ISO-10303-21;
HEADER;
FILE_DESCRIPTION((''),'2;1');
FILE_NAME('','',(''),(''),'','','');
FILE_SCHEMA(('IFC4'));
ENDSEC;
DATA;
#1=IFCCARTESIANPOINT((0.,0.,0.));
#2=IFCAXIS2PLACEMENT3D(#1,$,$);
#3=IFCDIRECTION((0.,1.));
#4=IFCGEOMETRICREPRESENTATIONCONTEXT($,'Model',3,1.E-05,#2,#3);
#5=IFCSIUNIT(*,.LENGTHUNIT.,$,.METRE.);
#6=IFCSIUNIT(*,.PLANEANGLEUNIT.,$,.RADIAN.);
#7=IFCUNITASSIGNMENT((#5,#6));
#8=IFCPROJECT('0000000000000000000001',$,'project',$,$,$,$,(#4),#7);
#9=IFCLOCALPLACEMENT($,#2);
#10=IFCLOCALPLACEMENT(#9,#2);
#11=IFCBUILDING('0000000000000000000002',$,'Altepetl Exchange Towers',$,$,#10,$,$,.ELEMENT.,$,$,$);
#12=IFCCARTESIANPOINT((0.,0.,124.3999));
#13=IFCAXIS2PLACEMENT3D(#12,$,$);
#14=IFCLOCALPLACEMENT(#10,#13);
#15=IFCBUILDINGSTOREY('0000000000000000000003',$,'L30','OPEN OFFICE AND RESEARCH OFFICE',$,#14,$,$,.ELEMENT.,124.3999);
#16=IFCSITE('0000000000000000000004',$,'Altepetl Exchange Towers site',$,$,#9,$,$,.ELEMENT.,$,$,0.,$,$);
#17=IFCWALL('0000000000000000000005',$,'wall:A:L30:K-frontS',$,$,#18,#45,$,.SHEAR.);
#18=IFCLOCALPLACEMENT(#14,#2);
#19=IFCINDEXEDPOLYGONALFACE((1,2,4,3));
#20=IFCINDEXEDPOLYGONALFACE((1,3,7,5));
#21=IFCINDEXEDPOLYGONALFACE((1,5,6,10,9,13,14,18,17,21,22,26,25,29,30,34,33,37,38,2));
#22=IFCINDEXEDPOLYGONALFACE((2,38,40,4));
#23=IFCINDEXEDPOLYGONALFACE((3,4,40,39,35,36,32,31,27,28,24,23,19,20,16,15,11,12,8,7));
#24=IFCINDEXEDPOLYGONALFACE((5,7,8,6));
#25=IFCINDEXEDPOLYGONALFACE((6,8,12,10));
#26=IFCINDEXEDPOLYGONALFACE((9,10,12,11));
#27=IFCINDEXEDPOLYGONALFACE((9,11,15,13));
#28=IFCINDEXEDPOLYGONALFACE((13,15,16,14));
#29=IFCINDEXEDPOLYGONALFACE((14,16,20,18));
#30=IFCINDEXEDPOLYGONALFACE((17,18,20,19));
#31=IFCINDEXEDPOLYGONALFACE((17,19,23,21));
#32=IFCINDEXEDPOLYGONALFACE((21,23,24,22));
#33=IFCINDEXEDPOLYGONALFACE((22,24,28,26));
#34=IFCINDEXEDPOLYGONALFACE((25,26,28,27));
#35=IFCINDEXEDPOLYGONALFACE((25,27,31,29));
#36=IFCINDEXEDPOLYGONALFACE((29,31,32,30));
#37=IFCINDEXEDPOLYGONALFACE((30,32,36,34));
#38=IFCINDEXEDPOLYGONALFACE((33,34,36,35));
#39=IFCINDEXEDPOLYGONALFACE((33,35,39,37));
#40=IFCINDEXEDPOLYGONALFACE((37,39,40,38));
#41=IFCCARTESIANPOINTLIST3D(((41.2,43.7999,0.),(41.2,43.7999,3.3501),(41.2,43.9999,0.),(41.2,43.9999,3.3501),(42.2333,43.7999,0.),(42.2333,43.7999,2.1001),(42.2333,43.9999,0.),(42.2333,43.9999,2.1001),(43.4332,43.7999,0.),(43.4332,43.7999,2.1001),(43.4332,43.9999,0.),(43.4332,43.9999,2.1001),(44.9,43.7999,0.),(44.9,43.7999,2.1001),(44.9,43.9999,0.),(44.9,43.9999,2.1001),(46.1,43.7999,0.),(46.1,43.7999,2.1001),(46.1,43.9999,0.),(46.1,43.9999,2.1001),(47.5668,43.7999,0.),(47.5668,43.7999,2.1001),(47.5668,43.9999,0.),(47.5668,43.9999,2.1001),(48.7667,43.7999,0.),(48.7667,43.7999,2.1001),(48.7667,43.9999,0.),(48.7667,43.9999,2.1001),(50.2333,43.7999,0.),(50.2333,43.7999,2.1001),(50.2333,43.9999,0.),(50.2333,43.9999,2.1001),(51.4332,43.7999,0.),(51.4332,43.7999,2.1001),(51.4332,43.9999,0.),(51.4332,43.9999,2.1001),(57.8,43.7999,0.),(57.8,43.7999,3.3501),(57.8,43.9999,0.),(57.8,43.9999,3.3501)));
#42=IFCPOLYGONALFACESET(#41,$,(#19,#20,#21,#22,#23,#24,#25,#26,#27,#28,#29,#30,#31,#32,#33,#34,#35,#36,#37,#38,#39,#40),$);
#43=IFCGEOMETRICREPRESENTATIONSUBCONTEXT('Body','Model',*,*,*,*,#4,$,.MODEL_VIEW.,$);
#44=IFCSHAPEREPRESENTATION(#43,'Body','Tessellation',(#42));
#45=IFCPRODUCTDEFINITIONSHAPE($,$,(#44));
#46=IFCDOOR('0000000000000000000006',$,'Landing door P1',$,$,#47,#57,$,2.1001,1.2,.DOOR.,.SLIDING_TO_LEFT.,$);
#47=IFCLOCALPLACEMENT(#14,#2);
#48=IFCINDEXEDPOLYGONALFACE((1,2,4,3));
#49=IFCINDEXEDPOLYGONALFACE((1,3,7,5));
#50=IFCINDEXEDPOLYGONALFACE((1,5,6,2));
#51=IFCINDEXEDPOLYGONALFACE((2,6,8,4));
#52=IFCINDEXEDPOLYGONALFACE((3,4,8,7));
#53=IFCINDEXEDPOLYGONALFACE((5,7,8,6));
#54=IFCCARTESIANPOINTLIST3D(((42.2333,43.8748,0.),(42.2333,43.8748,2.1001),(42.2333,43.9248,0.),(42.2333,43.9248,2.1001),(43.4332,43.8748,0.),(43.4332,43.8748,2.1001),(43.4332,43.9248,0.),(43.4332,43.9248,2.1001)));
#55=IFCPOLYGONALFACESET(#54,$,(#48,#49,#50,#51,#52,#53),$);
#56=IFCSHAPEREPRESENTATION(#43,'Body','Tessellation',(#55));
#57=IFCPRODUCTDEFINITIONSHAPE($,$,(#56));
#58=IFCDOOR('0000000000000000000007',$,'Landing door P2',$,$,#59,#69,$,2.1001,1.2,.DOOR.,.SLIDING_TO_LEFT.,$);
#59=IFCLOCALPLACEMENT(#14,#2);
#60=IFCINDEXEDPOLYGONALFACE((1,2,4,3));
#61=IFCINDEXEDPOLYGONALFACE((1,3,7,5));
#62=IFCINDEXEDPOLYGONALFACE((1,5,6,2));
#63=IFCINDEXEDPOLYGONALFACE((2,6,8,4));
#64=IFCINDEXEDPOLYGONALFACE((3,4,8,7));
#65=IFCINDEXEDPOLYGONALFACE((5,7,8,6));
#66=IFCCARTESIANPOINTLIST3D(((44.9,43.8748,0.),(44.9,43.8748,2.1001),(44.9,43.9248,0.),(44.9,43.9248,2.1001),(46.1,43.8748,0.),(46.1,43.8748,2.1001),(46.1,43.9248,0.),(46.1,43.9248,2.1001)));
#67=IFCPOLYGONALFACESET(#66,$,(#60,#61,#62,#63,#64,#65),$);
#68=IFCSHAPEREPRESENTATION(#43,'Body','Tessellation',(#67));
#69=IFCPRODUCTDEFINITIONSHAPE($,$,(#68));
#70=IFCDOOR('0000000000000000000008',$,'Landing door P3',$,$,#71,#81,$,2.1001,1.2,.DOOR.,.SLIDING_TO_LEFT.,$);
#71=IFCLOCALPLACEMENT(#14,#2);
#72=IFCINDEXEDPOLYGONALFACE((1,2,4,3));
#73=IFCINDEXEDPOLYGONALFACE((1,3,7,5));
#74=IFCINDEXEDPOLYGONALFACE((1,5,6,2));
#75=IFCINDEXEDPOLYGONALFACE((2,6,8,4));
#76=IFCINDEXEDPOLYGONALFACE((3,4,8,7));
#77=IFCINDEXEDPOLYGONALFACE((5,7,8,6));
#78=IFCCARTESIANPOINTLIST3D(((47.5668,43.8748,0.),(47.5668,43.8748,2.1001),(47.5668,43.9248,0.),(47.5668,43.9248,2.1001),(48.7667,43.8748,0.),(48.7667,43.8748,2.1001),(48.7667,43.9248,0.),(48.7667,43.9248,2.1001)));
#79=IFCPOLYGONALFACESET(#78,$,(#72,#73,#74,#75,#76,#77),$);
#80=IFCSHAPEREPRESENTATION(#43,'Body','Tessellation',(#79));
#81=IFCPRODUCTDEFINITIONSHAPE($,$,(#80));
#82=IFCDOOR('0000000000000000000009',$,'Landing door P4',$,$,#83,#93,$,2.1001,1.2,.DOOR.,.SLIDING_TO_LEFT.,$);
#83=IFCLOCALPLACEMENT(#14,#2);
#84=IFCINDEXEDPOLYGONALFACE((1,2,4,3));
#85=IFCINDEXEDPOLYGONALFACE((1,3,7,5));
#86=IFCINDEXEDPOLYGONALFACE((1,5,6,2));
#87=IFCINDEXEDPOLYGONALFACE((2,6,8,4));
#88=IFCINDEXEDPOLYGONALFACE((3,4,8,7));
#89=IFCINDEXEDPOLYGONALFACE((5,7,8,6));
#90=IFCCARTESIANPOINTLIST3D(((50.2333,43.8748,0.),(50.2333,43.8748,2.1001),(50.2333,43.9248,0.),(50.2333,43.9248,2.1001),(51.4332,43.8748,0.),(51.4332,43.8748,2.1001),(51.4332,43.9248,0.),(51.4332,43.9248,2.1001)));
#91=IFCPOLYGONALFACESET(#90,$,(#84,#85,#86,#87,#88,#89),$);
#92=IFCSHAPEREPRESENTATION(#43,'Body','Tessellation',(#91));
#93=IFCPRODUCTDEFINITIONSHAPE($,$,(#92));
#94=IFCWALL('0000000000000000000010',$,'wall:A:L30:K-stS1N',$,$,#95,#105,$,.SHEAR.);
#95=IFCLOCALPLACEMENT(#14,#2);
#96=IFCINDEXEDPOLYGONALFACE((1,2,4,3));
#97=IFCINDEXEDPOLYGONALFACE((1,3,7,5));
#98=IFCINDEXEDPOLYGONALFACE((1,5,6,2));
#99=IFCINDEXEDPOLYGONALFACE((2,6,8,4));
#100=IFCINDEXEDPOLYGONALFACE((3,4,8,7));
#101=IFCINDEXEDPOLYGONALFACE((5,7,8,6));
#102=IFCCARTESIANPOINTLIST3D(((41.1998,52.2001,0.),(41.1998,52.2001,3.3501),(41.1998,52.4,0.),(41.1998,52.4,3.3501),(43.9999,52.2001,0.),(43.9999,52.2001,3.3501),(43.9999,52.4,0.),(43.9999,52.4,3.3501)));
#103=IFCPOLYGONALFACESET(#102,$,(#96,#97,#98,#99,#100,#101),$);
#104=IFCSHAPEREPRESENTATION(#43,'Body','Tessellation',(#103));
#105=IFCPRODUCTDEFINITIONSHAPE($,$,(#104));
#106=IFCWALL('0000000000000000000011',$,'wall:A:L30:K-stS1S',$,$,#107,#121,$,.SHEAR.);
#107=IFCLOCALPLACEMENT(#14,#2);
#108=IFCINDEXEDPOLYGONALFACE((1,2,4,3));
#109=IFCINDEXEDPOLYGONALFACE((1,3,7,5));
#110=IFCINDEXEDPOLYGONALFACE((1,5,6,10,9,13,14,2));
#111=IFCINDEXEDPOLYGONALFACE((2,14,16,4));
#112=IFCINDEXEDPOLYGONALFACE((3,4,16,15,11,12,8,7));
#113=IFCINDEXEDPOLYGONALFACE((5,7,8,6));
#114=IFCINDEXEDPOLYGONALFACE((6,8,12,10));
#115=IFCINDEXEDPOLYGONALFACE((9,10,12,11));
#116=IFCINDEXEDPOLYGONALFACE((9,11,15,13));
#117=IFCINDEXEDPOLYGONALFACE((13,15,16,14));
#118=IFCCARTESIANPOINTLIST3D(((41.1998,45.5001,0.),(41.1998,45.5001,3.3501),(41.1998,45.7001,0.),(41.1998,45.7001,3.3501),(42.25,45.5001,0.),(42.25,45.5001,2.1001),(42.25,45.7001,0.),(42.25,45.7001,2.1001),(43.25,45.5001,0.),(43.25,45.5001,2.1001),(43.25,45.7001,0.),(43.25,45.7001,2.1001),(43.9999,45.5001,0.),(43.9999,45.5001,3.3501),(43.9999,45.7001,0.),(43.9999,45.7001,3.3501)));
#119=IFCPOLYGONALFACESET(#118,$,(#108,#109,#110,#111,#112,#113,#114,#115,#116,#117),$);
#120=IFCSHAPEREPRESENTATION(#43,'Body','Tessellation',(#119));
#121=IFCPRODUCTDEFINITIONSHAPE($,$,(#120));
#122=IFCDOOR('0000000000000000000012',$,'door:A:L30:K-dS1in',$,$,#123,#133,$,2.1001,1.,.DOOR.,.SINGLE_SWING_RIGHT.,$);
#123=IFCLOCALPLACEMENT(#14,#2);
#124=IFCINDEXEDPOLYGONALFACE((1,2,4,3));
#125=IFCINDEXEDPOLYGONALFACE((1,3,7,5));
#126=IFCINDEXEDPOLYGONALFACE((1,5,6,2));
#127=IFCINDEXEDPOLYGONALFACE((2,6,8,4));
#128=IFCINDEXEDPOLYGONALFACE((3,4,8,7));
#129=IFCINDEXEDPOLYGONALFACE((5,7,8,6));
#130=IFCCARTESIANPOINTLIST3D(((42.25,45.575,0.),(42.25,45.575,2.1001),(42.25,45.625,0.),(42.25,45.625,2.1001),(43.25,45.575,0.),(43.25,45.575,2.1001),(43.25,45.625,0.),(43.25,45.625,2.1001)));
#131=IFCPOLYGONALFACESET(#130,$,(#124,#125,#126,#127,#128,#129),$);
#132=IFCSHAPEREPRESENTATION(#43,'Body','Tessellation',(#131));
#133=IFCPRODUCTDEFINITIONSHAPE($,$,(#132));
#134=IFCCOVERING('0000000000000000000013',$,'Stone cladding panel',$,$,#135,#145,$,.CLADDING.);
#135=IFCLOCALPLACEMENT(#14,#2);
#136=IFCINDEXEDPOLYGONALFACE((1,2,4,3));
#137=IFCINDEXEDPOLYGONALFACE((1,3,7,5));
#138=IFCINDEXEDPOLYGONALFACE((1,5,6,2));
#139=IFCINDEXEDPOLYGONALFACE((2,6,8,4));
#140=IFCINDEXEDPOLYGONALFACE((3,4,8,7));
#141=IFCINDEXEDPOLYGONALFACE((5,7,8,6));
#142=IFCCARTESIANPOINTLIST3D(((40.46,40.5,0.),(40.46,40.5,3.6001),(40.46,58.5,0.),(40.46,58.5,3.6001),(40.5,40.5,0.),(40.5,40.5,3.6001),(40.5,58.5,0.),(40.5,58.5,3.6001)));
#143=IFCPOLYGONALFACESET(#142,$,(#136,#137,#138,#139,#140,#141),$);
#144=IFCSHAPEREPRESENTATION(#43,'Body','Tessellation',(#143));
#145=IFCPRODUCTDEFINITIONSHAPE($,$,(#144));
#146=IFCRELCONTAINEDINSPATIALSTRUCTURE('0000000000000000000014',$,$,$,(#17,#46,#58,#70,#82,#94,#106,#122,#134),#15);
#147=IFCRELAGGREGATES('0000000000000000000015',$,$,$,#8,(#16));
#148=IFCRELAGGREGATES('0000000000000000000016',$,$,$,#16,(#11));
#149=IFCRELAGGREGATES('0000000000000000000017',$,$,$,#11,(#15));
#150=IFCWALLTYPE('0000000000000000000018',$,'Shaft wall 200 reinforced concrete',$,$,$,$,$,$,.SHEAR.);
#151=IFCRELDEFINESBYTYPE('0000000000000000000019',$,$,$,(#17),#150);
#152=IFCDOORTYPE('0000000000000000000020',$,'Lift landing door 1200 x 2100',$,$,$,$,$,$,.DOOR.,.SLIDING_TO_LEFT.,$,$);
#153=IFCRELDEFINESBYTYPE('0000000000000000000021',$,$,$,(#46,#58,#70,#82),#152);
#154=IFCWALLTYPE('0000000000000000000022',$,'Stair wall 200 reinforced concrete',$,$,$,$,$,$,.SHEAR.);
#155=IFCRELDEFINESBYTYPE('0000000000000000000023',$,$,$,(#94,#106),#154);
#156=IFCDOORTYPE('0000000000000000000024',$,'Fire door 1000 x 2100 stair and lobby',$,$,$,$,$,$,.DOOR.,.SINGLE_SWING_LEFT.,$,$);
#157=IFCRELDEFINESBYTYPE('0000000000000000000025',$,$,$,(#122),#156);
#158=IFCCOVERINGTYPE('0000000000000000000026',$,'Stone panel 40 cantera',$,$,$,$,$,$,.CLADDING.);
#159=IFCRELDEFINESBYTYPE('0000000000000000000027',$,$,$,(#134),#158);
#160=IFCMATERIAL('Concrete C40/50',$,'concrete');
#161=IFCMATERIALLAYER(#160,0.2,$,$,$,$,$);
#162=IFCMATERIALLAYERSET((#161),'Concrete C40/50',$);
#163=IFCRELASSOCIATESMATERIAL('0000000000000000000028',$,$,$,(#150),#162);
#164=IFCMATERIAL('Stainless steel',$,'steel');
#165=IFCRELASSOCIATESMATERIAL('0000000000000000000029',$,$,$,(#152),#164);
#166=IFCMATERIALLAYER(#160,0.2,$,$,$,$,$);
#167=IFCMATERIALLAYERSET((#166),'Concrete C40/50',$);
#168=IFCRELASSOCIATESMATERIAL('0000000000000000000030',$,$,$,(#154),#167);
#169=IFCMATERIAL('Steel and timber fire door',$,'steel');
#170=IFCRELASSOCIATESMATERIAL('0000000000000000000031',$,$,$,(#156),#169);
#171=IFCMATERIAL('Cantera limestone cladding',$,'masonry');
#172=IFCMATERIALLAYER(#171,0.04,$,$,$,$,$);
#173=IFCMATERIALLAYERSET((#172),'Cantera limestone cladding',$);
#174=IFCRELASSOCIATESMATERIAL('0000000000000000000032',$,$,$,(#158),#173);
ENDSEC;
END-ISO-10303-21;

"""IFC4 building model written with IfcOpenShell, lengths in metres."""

from ifc_helpers import new_model, si_unit, direction, frame, frame_2d, origin, origin_2d, place, context, subcontext, project, spatial, rectangle, extrude, material, layer, layer_set, type_object, element, fill, save


model = new_model("IFC4")

# Units and contexts
model_context = context("Model", 3, precision=1e-05, world=origin(), true_north=direction((0.0, 1.0)))
body_context = subcontext(model_context, "Body", "Model", "MODEL_VIEW")
ifc_project = project(units=[si_unit("LENGTHUNIT", "METRE"), si_unit("PLANEANGLEUNIT", "RADIAN")], contexts=[model_context])

# Site, building, storey
site_placement = place(None, origin())
site = spatial("IfcSite", under=ifc_project, at=site_placement, Name="Altepetl Exchange Towers site", CompositionType="ELEMENT", RefElevation=0.0)
building_placement = place(site_placement, origin())
building = spatial("IfcBuilding", under=site, at=building_placement, Name="Altepetl Exchange Towers", CompositionType="ELEMENT")
storey_placement = place(building_placement, frame((0.0, 0.0, 124.3999)))
storey = spatial("IfcBuildingStorey", under=building, at=storey_placement, Name="L30", Description="OPEN OFFICE AND RESEARCH OFFICE", CompositionType="ELEMENT", Elevation=124.3999)

# Wall, openings, doors
ifc_material_1 = material(Name="Concrete C40/50", Category="concrete")
ifc_layer_1 = layer(ifc_material_1, 0.2)
ifc_layer_set_1 = layer_set([ifc_layer_1], Name="Concrete C40/50")
wall_type_1 = type_object("IfcWallType", Name="Shaft wall 200 reinforced concrete", PredefinedType="SHEAR", material=ifc_layer_set_1)
ifc_material_2 = material(Name="Stainless steel", Category="steel")
wall_1_placement = place(storey_placement, frame((41.2, 43.8999, 0.0)))
wall_1 = element("IfcWall", 1, at=wall_1_placement, inside=storey, type_object=wall_type_1, Name="wall:A:L30:K-frontS", PredefinedType="SHEAR", context=body_context, shape_type="SweptSolid", body=[
    extrude(rectangle(XDim=16.6001, YDim=0.2, at=frame_2d((8.3, 0.0))), origin(), (0.0, 0.0, 1.0), 3.3501),
])
opening_1_placement = place(wall_1_placement, frame((1.0332, 0.0, 0.0)))
opening_1 = element("IfcOpeningElement", 2, at=opening_1_placement, cuts=wall_1, PredefinedType="OPENING", context=body_context, shape_type="SweptSolid", body=[
    extrude(rectangle(XDim=1.2, YDim=2.1001, at=frame_2d((0.6001, 1.05))), frame((0.0, 0.1099, 0.0), z_axis=(0.0, -1.0, 0.0), x_axis=(1.0, 0.0, 0.0)), (0.0, 0.0, 1.0), 0.22),
])
opening_2_placement = place(wall_1_placement, frame((3.7, 0.0, 0.0)))
opening_2 = element("IfcOpeningElement", 3, at=opening_2_placement, cuts=wall_1, PredefinedType="OPENING", context=body_context, shape_type="SweptSolid", body=[
    extrude(rectangle(XDim=1.2, YDim=2.1001, at=frame_2d((0.6001, 1.05))), frame((0.0, 0.1099, 0.0), z_axis=(0.0, -1.0, 0.0), x_axis=(1.0, 0.0, 0.0)), (0.0, 0.0, 1.0), 0.22),
])
opening_3_placement = place(wall_1_placement, frame((6.3667, 0.0, 0.0)))
opening_3 = element("IfcOpeningElement", 4, at=opening_3_placement, cuts=wall_1, PredefinedType="OPENING", context=body_context, shape_type="SweptSolid", body=[
    extrude(rectangle(XDim=1.2, YDim=2.1001, at=frame_2d((0.6001, 1.05))), frame((0.0, 0.1099, 0.0), z_axis=(0.0, -1.0, 0.0), x_axis=(1.0, 0.0, 0.0)), (0.0, 0.0, 1.0), 0.22),
])
opening_4_placement = place(wall_1_placement, frame((9.0332, 0.0, 0.0)))
opening_4 = element("IfcOpeningElement", 5, at=opening_4_placement, cuts=wall_1, PredefinedType="OPENING", context=body_context, shape_type="SweptSolid", body=[
    extrude(rectangle(XDim=1.2, YDim=2.1001, at=frame_2d((0.6001, 1.05))), frame((0.0, 0.1099, 0.0), z_axis=(0.0, -1.0, 0.0), x_axis=(1.0, 0.0, 0.0)), (0.0, 0.0, 1.0), 0.22),
])
door_type_1 = type_object("IfcDoorType", Name="Lift landing door 1200 x 2100", OperationType="SLIDING_TO_LEFT", PredefinedType="DOOR", material=ifc_material_2)
door_1_placement = place(opening_1_placement, origin())
door_1 = element("IfcDoor", 6, at=door_1_placement, inside=storey, type_object=door_type_1, Name="Landing door P1", OperationType="SLIDING_TO_LEFT", OverallHeight=2.1001, OverallWidth=1.2, PredefinedType="DOOR", context=body_context, shape_type="SweptSolid", body=[
    extrude(rectangle(XDim=1.2, YDim=2.1001, at=frame_2d((0.6001, 1.05))), frame((0.0, 0.0249, 0.0), z_axis=(0.0, -1.0, 0.0), x_axis=(1.0, 0.0, 0.0)), (0.0, 0.0, 1.0), 0.05),
])
fill(opening_1, door_1)
door_2_placement = place(opening_2_placement, origin())
door_2 = element("IfcDoor", 7, at=door_2_placement, inside=storey, type_object=door_type_1, Name="Landing door P2", OperationType="SLIDING_TO_LEFT", OverallHeight=2.1001, OverallWidth=1.2, PredefinedType="DOOR", context=body_context, shape_type="SweptSolid", body=[
    extrude(rectangle(XDim=1.2, YDim=2.1001, at=frame_2d((0.6001, 1.05))), frame((0.0, 0.0249, 0.0), z_axis=(0.0, -1.0, 0.0), x_axis=(1.0, 0.0, 0.0)), (0.0, 0.0, 1.0), 0.05),
])
fill(opening_2, door_2)
door_3_placement = place(opening_3_placement, origin())
door_3 = element("IfcDoor", 8, at=door_3_placement, inside=storey, type_object=door_type_1, Name="Landing door P3", OperationType="SLIDING_TO_LEFT", OverallHeight=2.1001, OverallWidth=1.2, PredefinedType="DOOR", context=body_context, shape_type="SweptSolid", body=[
    extrude(rectangle(XDim=1.2, YDim=2.1001, at=frame_2d((0.6001, 1.05))), frame((0.0, 0.0249, 0.0), z_axis=(0.0, -1.0, 0.0), x_axis=(1.0, 0.0, 0.0)), (0.0, 0.0, 1.0), 0.05),
])
fill(opening_3, door_3)
door_4_placement = place(opening_4_placement, origin())
door_4 = element("IfcDoor", 9, at=door_4_placement, inside=storey, type_object=door_type_1, Name="Landing door P4", OperationType="SLIDING_TO_LEFT", OverallHeight=2.1001, OverallWidth=1.2, PredefinedType="DOOR", context=body_context, shape_type="SweptSolid", body=[
    extrude(rectangle(XDim=1.2, YDim=2.1001, at=frame_2d((0.6001, 1.05))), frame((0.0, 0.0249, 0.0), z_axis=(0.0, -1.0, 0.0), x_axis=(1.0, 0.0, 0.0)), (0.0, 0.0, 1.0), 0.05),
])
fill(opening_4, door_4)

# Wall
ifc_layer_2 = layer(ifc_material_1, 0.2)
ifc_layer_set_2 = layer_set([ifc_layer_2], Name="Concrete C40/50")
wall_type_2 = type_object("IfcWallType", Name="Stair wall 200 reinforced concrete", PredefinedType="SHEAR", material=ifc_layer_set_2)
wall_2_placement = place(storey_placement, frame((41.2, 52.3, 0.0)))
element("IfcWall", 10, at=wall_2_placement, inside=storey, type_object=wall_type_2, Name="wall:A:L30:K-stS1N", PredefinedType="SHEAR", context=body_context, shape_type="SweptSolid", body=[
    extrude(rectangle(XDim=2.8, YDim=0.2, at=frame_2d((1.3999, 0.0))), origin(), (0.0, 0.0, 1.0), 3.3501),
])

# Wall, opening, door
wall_3_placement = place(storey_placement, frame((41.2, 45.6001, 0.0)))
wall_3 = element("IfcWall", 11, at=wall_3_placement, inside=storey, type_object=wall_type_2, Name="wall:A:L30:K-stS1S", PredefinedType="SHEAR", context=body_context, shape_type="SweptSolid", body=[
    extrude(rectangle(XDim=2.8, YDim=0.2, at=frame_2d((1.3999, 0.0))), origin(), (0.0, 0.0, 1.0), 3.3501),
])
opening_5_placement = place(wall_3_placement, frame((1.05, 0.0, 0.0)))
opening_5 = element("IfcOpeningElement", 12, at=opening_5_placement, cuts=wall_3, PredefinedType="OPENING", context=body_context, shape_type="SweptSolid", body=[
    extrude(rectangle(XDim=1.0, YDim=2.1001, at=frame_2d((0.5, 1.05))), frame((0.0, 0.1099, 0.0), z_axis=(0.0, -1.0, 0.0), x_axis=(1.0, 0.0, 0.0)), (0.0, 0.0, 1.0), 0.22),
])
ifc_material_3 = material(Name="Steel and timber fire door", Category="steel")
door_type_2 = type_object("IfcDoorType", Name="Fire door 1000 x 2100 stair and lobby", OperationType="SINGLE_SWING_LEFT", PredefinedType="DOOR", material=ifc_material_3)
door_5_placement = place(opening_5_placement, origin())
door_5 = element("IfcDoor", 13, at=door_5_placement, inside=storey, type_object=door_type_2, Name="door:A:L30:K-dS1in", OperationType="SINGLE_SWING_RIGHT", OverallHeight=2.1001, OverallWidth=1.0, PredefinedType="DOOR", context=body_context, shape_type="SweptSolid", body=[
    extrude(rectangle(XDim=1.0, YDim=2.1001, at=frame_2d((0.5, 1.05))), frame((0.0, 0.0249, 0.0), z_axis=(0.0, -1.0, 0.0), x_axis=(1.0, 0.0, 0.0)), (0.0, 0.0, 1.0), 0.05),
])
fill(opening_5, door_5)

# Covering
ifc_material_4 = material(Name="Cantera limestone cladding", Category="masonry")
ifc_layer_3 = layer(ifc_material_4, 0.04)
ifc_layer_set_3 = layer_set([ifc_layer_3], Name="Cantera limestone cladding")
covering_type = type_object("IfcCoveringType", Name="Stone panel 40 cantera", PredefinedType="CLADDING", material=ifc_layer_set_3)
covering_placement = place(storey_placement, frame((40.48, 49.5, 0.0), z_axis=(0.0, 0.0, 1.0), x_axis=(0.0, -1.0, 0.0)))
element("IfcCovering", 14, at=covering_placement, inside=storey, type_object=covering_type, Name="Stone cladding panel", PredefinedType="CLADDING", context=body_context, shape_type="SweptSolid", body=[
    extrude(rectangle(XDim=18.0, YDim=0.04, at=origin_2d()), origin(), (0.0, 0.0, 1.0), 3.6001),
])

save(model, "model.ifc")
